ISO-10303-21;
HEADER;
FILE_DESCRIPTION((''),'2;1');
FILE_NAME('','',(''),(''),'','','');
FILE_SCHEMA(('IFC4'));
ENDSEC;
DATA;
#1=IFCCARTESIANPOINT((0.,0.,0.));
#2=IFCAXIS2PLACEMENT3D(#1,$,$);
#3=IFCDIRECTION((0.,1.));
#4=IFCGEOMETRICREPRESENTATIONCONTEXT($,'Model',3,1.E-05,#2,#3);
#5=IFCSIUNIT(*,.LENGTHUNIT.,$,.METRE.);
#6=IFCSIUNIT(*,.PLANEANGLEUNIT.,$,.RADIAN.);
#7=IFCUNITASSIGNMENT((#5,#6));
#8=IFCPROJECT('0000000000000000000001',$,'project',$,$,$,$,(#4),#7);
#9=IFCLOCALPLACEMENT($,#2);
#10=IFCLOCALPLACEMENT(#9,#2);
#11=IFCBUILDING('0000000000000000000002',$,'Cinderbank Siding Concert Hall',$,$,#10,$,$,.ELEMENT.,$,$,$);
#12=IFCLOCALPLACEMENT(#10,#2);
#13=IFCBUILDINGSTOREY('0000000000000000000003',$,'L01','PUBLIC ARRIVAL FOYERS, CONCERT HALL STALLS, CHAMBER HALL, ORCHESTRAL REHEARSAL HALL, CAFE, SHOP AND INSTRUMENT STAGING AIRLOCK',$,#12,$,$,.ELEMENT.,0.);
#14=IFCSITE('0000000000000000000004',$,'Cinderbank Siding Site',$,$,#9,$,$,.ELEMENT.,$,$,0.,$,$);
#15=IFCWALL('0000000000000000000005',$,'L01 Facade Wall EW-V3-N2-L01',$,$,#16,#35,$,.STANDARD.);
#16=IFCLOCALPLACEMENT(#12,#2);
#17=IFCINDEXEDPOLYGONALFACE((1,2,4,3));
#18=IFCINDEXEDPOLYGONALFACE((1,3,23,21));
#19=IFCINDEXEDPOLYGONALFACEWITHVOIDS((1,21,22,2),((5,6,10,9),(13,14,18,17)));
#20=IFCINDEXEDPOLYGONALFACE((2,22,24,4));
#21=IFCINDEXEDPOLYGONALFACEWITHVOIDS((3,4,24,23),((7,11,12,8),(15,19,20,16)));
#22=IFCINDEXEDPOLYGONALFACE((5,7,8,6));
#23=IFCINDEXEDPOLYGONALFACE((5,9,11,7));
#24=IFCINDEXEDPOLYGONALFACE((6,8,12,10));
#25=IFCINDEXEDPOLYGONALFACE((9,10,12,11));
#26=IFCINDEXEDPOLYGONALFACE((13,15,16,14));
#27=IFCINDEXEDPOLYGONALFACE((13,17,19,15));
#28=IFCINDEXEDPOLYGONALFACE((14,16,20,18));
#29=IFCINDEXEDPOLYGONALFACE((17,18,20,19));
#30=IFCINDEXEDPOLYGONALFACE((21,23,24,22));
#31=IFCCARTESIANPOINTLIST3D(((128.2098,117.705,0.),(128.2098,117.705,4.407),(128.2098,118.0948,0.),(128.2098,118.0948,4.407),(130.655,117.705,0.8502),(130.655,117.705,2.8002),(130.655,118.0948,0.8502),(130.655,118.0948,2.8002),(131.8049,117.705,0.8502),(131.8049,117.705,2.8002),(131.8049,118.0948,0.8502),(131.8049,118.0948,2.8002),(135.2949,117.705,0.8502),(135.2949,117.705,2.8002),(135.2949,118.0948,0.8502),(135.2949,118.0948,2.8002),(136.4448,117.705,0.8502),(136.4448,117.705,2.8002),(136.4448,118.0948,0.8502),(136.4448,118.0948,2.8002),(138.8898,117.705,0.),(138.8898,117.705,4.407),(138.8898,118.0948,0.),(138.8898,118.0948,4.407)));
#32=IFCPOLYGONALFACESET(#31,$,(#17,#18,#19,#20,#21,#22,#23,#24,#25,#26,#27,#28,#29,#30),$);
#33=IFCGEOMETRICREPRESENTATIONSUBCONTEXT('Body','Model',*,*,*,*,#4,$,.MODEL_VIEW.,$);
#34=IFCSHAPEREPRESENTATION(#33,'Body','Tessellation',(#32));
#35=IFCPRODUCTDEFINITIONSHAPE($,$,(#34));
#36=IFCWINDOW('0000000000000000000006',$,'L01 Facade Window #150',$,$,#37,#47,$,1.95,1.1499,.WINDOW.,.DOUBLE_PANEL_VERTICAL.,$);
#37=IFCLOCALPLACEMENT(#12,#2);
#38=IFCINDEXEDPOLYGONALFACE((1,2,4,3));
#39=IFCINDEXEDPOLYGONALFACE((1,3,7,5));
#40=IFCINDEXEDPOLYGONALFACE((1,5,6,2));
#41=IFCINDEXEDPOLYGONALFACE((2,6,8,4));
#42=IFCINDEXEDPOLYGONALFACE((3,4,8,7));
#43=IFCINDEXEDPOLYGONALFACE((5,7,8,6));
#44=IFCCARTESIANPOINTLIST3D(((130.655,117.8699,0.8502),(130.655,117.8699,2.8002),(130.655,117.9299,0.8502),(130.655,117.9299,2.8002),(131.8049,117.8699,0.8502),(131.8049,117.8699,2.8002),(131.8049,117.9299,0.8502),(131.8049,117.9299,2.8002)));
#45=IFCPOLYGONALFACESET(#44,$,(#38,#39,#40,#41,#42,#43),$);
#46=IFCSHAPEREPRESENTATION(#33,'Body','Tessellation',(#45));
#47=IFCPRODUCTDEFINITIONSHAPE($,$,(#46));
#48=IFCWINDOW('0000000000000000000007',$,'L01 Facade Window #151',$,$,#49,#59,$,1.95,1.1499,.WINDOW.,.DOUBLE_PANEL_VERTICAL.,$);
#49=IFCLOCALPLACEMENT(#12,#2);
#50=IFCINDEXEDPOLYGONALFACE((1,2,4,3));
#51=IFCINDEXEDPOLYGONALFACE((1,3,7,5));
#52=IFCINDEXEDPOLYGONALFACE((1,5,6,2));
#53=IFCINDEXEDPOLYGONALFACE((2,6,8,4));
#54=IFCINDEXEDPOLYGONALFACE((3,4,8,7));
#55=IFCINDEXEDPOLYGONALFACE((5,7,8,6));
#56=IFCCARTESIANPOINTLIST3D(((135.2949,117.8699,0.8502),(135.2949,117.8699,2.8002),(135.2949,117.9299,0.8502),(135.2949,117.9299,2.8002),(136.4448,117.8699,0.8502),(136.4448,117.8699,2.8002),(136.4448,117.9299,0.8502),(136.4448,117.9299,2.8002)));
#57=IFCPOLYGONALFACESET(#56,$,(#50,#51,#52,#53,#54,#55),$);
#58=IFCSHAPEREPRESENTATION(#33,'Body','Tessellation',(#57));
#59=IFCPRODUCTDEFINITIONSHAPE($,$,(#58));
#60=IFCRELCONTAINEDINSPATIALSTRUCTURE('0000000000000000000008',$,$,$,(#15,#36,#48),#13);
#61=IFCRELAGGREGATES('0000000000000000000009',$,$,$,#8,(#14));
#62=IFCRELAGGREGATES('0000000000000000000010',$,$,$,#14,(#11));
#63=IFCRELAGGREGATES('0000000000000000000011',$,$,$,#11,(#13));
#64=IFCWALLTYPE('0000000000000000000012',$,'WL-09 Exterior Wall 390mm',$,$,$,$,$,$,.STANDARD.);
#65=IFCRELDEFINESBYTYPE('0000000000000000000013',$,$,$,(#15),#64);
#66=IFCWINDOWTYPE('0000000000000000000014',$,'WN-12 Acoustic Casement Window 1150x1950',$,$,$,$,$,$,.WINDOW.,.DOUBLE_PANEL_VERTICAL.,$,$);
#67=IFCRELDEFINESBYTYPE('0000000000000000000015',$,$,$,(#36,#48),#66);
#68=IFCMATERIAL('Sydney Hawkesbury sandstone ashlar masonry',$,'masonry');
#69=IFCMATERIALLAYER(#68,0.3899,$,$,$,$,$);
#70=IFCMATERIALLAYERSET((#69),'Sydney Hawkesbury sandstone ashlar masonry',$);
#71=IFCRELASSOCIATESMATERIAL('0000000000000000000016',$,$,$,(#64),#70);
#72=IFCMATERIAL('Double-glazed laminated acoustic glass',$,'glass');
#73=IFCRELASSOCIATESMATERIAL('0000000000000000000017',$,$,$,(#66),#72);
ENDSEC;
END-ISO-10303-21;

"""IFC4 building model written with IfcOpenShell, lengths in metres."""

from ifc_helpers import new_model, si_unit, direction, frame, frame_2d, origin, place, context, subcontext, project, spatial, rectangle, extrude, material, layer, layer_set, type_object, element, fill, save


model = new_model("IFC4")

# Units and contexts
model_context = context("Model", 3, precision=1e-05, world=origin(), true_north=direction((0.0, 1.0)))
body_context = subcontext(model_context, "Body", "Model", "MODEL_VIEW")
ifc_project = project(units=[si_unit("LENGTHUNIT", "METRE"), si_unit("PLANEANGLEUNIT", "RADIAN")], contexts=[model_context])

# Site, building, storey
site_placement = place(None, origin())
site = spatial("IfcSite", under=ifc_project, at=site_placement, Name="Cinderbank Siding Site", CompositionType="ELEMENT", RefElevation=0.0)
building_placement = place(site_placement, origin())
building = spatial("IfcBuilding", under=site, at=building_placement, Name="Cinderbank Siding Concert Hall", CompositionType="ELEMENT")
storey_placement = place(building_placement, origin())
storey = spatial("IfcBuildingStorey", under=building, at=storey_placement, Name="L01", Description="PUBLIC ARRIVAL FOYERS, CONCERT HALL STALLS, CHAMBER HALL, ORCHESTRAL REHEARSAL HALL, CAFE, SHOP AND INSTRUMENT STAGING AIRLOCK", CompositionType="ELEMENT", Elevation=0.0)

# Shared definitions
ifc_material_1 = material(Name="Sydney Hawkesbury sandstone ashlar masonry", Category="masonry")
ifc_layer_1 = layer(ifc_material_1, 0.3899)
ifc_layer_set_1 = layer_set([ifc_layer_1], Name="Sydney Hawkesbury sandstone ashlar masonry")
wall_type_1 = type_object("IfcWallType", Name="WL-09 Exterior Wall 390mm", PredefinedType="STANDARD", material=ifc_layer_set_1)
ifc_material_2 = material(Name="Double-glazed laminated acoustic glass", Category="glass")

# Wall, openings, windows
wall_1_placement = place(storey_placement, frame((128.21, 117.8999, 0.0), z_axis=(0.0, 0.0, 1.0), x_axis=(1.0, 0.0, 0.0)))
wall_1 = element("IfcWall", 1, at=wall_1_placement, inside=storey, type_object=wall_type_1, Name="L01 Facade Wall EW-V3-N2-L01", PredefinedType="STANDARD", context=body_context, shape_type="SweptSolid", body=[
    extrude(rectangle(XDim=10.6799, YDim=0.3899, at=frame_2d((5.3398, 0.0))), origin(), (0.0, 0.0, 1.0), 4.407),
])
opening_1_placement = place(wall_1_placement, frame((2.4451, 0.0, 0.8501)))
opening_1 = element("IfcOpeningElement", 2, at=opening_1_placement, cuts=wall_1, PredefinedType="OPENING", context=body_context, shape_type="SweptSolid", body=[
    extrude(rectangle(XDim=1.1499, YDim=1.95, at=frame_2d((0.575, 0.9751))), frame((0.0, 0.207, 0.0), z_axis=(0.0, -1.0, 0.0), x_axis=(1.0, 0.0, 0.0)), (0.0, 0.0, 1.0), 0.4138),
])
opening_2_placement = place(wall_1_placement, frame((7.085, 0.0, 0.8501)))
opening_2 = element("IfcOpeningElement", 3, at=opening_2_placement, cuts=wall_1, PredefinedType="OPENING", context=body_context, shape_type="SweptSolid", body=[
    extrude(rectangle(XDim=1.1499, YDim=1.95, at=frame_2d((0.575, 0.9751))), frame((0.0, 0.207, 0.0), z_axis=(0.0, -1.0, 0.0), x_axis=(1.0, 0.0, 0.0)), (0.0, 0.0, 1.0), 0.4138),
])
window_type_1 = type_object("IfcWindowType", Name="WN-12 Acoustic Casement Window 1150x1950", PartitioningType="DOUBLE_PANEL_VERTICAL", PredefinedType="WINDOW", material=ifc_material_2)
window_1_placement = place(opening_1_placement, origin())
window_1 = element("IfcWindow", 4, at=window_1_placement, inside=storey, type_object=window_type_1, Name="L01 Facade Window #150", OverallHeight=1.95, OverallWidth=1.1499, PartitioningType="DOUBLE_PANEL_VERTICAL", PredefinedType="WINDOW", context=body_context, shape_type="SweptSolid", body=[
    extrude(rectangle(XDim=1.1499, YDim=1.95, at=frame_2d((0.575, 0.9751))), frame((0.0, 0.03, 0.0), z_axis=(0.0, -1.0, 0.0), x_axis=(1.0, 0.0, 0.0)), (0.0, 0.0, 1.0), 0.0601),
])
fill(opening_1, window_1)
window_2_placement = place(opening_2_placement, origin())
window_2 = element("IfcWindow", 5, at=window_2_placement, inside=storey, type_object=window_type_1, Name="L01 Facade Window #151", OverallHeight=1.95, OverallWidth=1.1499, PartitioningType="DOUBLE_PANEL_VERTICAL", PredefinedType="WINDOW", context=body_context, shape_type="SweptSolid", body=[
    extrude(rectangle(XDim=1.1499, YDim=1.95, at=frame_2d((0.575, 0.9751))), frame((0.0, 0.03, 0.0), z_axis=(0.0, -1.0, 0.0), x_axis=(1.0, 0.0, 0.0)), (0.0, 0.0, 1.0), 0.0601),
])
fill(opening_2, window_2)

save(model, "model.ifc")
